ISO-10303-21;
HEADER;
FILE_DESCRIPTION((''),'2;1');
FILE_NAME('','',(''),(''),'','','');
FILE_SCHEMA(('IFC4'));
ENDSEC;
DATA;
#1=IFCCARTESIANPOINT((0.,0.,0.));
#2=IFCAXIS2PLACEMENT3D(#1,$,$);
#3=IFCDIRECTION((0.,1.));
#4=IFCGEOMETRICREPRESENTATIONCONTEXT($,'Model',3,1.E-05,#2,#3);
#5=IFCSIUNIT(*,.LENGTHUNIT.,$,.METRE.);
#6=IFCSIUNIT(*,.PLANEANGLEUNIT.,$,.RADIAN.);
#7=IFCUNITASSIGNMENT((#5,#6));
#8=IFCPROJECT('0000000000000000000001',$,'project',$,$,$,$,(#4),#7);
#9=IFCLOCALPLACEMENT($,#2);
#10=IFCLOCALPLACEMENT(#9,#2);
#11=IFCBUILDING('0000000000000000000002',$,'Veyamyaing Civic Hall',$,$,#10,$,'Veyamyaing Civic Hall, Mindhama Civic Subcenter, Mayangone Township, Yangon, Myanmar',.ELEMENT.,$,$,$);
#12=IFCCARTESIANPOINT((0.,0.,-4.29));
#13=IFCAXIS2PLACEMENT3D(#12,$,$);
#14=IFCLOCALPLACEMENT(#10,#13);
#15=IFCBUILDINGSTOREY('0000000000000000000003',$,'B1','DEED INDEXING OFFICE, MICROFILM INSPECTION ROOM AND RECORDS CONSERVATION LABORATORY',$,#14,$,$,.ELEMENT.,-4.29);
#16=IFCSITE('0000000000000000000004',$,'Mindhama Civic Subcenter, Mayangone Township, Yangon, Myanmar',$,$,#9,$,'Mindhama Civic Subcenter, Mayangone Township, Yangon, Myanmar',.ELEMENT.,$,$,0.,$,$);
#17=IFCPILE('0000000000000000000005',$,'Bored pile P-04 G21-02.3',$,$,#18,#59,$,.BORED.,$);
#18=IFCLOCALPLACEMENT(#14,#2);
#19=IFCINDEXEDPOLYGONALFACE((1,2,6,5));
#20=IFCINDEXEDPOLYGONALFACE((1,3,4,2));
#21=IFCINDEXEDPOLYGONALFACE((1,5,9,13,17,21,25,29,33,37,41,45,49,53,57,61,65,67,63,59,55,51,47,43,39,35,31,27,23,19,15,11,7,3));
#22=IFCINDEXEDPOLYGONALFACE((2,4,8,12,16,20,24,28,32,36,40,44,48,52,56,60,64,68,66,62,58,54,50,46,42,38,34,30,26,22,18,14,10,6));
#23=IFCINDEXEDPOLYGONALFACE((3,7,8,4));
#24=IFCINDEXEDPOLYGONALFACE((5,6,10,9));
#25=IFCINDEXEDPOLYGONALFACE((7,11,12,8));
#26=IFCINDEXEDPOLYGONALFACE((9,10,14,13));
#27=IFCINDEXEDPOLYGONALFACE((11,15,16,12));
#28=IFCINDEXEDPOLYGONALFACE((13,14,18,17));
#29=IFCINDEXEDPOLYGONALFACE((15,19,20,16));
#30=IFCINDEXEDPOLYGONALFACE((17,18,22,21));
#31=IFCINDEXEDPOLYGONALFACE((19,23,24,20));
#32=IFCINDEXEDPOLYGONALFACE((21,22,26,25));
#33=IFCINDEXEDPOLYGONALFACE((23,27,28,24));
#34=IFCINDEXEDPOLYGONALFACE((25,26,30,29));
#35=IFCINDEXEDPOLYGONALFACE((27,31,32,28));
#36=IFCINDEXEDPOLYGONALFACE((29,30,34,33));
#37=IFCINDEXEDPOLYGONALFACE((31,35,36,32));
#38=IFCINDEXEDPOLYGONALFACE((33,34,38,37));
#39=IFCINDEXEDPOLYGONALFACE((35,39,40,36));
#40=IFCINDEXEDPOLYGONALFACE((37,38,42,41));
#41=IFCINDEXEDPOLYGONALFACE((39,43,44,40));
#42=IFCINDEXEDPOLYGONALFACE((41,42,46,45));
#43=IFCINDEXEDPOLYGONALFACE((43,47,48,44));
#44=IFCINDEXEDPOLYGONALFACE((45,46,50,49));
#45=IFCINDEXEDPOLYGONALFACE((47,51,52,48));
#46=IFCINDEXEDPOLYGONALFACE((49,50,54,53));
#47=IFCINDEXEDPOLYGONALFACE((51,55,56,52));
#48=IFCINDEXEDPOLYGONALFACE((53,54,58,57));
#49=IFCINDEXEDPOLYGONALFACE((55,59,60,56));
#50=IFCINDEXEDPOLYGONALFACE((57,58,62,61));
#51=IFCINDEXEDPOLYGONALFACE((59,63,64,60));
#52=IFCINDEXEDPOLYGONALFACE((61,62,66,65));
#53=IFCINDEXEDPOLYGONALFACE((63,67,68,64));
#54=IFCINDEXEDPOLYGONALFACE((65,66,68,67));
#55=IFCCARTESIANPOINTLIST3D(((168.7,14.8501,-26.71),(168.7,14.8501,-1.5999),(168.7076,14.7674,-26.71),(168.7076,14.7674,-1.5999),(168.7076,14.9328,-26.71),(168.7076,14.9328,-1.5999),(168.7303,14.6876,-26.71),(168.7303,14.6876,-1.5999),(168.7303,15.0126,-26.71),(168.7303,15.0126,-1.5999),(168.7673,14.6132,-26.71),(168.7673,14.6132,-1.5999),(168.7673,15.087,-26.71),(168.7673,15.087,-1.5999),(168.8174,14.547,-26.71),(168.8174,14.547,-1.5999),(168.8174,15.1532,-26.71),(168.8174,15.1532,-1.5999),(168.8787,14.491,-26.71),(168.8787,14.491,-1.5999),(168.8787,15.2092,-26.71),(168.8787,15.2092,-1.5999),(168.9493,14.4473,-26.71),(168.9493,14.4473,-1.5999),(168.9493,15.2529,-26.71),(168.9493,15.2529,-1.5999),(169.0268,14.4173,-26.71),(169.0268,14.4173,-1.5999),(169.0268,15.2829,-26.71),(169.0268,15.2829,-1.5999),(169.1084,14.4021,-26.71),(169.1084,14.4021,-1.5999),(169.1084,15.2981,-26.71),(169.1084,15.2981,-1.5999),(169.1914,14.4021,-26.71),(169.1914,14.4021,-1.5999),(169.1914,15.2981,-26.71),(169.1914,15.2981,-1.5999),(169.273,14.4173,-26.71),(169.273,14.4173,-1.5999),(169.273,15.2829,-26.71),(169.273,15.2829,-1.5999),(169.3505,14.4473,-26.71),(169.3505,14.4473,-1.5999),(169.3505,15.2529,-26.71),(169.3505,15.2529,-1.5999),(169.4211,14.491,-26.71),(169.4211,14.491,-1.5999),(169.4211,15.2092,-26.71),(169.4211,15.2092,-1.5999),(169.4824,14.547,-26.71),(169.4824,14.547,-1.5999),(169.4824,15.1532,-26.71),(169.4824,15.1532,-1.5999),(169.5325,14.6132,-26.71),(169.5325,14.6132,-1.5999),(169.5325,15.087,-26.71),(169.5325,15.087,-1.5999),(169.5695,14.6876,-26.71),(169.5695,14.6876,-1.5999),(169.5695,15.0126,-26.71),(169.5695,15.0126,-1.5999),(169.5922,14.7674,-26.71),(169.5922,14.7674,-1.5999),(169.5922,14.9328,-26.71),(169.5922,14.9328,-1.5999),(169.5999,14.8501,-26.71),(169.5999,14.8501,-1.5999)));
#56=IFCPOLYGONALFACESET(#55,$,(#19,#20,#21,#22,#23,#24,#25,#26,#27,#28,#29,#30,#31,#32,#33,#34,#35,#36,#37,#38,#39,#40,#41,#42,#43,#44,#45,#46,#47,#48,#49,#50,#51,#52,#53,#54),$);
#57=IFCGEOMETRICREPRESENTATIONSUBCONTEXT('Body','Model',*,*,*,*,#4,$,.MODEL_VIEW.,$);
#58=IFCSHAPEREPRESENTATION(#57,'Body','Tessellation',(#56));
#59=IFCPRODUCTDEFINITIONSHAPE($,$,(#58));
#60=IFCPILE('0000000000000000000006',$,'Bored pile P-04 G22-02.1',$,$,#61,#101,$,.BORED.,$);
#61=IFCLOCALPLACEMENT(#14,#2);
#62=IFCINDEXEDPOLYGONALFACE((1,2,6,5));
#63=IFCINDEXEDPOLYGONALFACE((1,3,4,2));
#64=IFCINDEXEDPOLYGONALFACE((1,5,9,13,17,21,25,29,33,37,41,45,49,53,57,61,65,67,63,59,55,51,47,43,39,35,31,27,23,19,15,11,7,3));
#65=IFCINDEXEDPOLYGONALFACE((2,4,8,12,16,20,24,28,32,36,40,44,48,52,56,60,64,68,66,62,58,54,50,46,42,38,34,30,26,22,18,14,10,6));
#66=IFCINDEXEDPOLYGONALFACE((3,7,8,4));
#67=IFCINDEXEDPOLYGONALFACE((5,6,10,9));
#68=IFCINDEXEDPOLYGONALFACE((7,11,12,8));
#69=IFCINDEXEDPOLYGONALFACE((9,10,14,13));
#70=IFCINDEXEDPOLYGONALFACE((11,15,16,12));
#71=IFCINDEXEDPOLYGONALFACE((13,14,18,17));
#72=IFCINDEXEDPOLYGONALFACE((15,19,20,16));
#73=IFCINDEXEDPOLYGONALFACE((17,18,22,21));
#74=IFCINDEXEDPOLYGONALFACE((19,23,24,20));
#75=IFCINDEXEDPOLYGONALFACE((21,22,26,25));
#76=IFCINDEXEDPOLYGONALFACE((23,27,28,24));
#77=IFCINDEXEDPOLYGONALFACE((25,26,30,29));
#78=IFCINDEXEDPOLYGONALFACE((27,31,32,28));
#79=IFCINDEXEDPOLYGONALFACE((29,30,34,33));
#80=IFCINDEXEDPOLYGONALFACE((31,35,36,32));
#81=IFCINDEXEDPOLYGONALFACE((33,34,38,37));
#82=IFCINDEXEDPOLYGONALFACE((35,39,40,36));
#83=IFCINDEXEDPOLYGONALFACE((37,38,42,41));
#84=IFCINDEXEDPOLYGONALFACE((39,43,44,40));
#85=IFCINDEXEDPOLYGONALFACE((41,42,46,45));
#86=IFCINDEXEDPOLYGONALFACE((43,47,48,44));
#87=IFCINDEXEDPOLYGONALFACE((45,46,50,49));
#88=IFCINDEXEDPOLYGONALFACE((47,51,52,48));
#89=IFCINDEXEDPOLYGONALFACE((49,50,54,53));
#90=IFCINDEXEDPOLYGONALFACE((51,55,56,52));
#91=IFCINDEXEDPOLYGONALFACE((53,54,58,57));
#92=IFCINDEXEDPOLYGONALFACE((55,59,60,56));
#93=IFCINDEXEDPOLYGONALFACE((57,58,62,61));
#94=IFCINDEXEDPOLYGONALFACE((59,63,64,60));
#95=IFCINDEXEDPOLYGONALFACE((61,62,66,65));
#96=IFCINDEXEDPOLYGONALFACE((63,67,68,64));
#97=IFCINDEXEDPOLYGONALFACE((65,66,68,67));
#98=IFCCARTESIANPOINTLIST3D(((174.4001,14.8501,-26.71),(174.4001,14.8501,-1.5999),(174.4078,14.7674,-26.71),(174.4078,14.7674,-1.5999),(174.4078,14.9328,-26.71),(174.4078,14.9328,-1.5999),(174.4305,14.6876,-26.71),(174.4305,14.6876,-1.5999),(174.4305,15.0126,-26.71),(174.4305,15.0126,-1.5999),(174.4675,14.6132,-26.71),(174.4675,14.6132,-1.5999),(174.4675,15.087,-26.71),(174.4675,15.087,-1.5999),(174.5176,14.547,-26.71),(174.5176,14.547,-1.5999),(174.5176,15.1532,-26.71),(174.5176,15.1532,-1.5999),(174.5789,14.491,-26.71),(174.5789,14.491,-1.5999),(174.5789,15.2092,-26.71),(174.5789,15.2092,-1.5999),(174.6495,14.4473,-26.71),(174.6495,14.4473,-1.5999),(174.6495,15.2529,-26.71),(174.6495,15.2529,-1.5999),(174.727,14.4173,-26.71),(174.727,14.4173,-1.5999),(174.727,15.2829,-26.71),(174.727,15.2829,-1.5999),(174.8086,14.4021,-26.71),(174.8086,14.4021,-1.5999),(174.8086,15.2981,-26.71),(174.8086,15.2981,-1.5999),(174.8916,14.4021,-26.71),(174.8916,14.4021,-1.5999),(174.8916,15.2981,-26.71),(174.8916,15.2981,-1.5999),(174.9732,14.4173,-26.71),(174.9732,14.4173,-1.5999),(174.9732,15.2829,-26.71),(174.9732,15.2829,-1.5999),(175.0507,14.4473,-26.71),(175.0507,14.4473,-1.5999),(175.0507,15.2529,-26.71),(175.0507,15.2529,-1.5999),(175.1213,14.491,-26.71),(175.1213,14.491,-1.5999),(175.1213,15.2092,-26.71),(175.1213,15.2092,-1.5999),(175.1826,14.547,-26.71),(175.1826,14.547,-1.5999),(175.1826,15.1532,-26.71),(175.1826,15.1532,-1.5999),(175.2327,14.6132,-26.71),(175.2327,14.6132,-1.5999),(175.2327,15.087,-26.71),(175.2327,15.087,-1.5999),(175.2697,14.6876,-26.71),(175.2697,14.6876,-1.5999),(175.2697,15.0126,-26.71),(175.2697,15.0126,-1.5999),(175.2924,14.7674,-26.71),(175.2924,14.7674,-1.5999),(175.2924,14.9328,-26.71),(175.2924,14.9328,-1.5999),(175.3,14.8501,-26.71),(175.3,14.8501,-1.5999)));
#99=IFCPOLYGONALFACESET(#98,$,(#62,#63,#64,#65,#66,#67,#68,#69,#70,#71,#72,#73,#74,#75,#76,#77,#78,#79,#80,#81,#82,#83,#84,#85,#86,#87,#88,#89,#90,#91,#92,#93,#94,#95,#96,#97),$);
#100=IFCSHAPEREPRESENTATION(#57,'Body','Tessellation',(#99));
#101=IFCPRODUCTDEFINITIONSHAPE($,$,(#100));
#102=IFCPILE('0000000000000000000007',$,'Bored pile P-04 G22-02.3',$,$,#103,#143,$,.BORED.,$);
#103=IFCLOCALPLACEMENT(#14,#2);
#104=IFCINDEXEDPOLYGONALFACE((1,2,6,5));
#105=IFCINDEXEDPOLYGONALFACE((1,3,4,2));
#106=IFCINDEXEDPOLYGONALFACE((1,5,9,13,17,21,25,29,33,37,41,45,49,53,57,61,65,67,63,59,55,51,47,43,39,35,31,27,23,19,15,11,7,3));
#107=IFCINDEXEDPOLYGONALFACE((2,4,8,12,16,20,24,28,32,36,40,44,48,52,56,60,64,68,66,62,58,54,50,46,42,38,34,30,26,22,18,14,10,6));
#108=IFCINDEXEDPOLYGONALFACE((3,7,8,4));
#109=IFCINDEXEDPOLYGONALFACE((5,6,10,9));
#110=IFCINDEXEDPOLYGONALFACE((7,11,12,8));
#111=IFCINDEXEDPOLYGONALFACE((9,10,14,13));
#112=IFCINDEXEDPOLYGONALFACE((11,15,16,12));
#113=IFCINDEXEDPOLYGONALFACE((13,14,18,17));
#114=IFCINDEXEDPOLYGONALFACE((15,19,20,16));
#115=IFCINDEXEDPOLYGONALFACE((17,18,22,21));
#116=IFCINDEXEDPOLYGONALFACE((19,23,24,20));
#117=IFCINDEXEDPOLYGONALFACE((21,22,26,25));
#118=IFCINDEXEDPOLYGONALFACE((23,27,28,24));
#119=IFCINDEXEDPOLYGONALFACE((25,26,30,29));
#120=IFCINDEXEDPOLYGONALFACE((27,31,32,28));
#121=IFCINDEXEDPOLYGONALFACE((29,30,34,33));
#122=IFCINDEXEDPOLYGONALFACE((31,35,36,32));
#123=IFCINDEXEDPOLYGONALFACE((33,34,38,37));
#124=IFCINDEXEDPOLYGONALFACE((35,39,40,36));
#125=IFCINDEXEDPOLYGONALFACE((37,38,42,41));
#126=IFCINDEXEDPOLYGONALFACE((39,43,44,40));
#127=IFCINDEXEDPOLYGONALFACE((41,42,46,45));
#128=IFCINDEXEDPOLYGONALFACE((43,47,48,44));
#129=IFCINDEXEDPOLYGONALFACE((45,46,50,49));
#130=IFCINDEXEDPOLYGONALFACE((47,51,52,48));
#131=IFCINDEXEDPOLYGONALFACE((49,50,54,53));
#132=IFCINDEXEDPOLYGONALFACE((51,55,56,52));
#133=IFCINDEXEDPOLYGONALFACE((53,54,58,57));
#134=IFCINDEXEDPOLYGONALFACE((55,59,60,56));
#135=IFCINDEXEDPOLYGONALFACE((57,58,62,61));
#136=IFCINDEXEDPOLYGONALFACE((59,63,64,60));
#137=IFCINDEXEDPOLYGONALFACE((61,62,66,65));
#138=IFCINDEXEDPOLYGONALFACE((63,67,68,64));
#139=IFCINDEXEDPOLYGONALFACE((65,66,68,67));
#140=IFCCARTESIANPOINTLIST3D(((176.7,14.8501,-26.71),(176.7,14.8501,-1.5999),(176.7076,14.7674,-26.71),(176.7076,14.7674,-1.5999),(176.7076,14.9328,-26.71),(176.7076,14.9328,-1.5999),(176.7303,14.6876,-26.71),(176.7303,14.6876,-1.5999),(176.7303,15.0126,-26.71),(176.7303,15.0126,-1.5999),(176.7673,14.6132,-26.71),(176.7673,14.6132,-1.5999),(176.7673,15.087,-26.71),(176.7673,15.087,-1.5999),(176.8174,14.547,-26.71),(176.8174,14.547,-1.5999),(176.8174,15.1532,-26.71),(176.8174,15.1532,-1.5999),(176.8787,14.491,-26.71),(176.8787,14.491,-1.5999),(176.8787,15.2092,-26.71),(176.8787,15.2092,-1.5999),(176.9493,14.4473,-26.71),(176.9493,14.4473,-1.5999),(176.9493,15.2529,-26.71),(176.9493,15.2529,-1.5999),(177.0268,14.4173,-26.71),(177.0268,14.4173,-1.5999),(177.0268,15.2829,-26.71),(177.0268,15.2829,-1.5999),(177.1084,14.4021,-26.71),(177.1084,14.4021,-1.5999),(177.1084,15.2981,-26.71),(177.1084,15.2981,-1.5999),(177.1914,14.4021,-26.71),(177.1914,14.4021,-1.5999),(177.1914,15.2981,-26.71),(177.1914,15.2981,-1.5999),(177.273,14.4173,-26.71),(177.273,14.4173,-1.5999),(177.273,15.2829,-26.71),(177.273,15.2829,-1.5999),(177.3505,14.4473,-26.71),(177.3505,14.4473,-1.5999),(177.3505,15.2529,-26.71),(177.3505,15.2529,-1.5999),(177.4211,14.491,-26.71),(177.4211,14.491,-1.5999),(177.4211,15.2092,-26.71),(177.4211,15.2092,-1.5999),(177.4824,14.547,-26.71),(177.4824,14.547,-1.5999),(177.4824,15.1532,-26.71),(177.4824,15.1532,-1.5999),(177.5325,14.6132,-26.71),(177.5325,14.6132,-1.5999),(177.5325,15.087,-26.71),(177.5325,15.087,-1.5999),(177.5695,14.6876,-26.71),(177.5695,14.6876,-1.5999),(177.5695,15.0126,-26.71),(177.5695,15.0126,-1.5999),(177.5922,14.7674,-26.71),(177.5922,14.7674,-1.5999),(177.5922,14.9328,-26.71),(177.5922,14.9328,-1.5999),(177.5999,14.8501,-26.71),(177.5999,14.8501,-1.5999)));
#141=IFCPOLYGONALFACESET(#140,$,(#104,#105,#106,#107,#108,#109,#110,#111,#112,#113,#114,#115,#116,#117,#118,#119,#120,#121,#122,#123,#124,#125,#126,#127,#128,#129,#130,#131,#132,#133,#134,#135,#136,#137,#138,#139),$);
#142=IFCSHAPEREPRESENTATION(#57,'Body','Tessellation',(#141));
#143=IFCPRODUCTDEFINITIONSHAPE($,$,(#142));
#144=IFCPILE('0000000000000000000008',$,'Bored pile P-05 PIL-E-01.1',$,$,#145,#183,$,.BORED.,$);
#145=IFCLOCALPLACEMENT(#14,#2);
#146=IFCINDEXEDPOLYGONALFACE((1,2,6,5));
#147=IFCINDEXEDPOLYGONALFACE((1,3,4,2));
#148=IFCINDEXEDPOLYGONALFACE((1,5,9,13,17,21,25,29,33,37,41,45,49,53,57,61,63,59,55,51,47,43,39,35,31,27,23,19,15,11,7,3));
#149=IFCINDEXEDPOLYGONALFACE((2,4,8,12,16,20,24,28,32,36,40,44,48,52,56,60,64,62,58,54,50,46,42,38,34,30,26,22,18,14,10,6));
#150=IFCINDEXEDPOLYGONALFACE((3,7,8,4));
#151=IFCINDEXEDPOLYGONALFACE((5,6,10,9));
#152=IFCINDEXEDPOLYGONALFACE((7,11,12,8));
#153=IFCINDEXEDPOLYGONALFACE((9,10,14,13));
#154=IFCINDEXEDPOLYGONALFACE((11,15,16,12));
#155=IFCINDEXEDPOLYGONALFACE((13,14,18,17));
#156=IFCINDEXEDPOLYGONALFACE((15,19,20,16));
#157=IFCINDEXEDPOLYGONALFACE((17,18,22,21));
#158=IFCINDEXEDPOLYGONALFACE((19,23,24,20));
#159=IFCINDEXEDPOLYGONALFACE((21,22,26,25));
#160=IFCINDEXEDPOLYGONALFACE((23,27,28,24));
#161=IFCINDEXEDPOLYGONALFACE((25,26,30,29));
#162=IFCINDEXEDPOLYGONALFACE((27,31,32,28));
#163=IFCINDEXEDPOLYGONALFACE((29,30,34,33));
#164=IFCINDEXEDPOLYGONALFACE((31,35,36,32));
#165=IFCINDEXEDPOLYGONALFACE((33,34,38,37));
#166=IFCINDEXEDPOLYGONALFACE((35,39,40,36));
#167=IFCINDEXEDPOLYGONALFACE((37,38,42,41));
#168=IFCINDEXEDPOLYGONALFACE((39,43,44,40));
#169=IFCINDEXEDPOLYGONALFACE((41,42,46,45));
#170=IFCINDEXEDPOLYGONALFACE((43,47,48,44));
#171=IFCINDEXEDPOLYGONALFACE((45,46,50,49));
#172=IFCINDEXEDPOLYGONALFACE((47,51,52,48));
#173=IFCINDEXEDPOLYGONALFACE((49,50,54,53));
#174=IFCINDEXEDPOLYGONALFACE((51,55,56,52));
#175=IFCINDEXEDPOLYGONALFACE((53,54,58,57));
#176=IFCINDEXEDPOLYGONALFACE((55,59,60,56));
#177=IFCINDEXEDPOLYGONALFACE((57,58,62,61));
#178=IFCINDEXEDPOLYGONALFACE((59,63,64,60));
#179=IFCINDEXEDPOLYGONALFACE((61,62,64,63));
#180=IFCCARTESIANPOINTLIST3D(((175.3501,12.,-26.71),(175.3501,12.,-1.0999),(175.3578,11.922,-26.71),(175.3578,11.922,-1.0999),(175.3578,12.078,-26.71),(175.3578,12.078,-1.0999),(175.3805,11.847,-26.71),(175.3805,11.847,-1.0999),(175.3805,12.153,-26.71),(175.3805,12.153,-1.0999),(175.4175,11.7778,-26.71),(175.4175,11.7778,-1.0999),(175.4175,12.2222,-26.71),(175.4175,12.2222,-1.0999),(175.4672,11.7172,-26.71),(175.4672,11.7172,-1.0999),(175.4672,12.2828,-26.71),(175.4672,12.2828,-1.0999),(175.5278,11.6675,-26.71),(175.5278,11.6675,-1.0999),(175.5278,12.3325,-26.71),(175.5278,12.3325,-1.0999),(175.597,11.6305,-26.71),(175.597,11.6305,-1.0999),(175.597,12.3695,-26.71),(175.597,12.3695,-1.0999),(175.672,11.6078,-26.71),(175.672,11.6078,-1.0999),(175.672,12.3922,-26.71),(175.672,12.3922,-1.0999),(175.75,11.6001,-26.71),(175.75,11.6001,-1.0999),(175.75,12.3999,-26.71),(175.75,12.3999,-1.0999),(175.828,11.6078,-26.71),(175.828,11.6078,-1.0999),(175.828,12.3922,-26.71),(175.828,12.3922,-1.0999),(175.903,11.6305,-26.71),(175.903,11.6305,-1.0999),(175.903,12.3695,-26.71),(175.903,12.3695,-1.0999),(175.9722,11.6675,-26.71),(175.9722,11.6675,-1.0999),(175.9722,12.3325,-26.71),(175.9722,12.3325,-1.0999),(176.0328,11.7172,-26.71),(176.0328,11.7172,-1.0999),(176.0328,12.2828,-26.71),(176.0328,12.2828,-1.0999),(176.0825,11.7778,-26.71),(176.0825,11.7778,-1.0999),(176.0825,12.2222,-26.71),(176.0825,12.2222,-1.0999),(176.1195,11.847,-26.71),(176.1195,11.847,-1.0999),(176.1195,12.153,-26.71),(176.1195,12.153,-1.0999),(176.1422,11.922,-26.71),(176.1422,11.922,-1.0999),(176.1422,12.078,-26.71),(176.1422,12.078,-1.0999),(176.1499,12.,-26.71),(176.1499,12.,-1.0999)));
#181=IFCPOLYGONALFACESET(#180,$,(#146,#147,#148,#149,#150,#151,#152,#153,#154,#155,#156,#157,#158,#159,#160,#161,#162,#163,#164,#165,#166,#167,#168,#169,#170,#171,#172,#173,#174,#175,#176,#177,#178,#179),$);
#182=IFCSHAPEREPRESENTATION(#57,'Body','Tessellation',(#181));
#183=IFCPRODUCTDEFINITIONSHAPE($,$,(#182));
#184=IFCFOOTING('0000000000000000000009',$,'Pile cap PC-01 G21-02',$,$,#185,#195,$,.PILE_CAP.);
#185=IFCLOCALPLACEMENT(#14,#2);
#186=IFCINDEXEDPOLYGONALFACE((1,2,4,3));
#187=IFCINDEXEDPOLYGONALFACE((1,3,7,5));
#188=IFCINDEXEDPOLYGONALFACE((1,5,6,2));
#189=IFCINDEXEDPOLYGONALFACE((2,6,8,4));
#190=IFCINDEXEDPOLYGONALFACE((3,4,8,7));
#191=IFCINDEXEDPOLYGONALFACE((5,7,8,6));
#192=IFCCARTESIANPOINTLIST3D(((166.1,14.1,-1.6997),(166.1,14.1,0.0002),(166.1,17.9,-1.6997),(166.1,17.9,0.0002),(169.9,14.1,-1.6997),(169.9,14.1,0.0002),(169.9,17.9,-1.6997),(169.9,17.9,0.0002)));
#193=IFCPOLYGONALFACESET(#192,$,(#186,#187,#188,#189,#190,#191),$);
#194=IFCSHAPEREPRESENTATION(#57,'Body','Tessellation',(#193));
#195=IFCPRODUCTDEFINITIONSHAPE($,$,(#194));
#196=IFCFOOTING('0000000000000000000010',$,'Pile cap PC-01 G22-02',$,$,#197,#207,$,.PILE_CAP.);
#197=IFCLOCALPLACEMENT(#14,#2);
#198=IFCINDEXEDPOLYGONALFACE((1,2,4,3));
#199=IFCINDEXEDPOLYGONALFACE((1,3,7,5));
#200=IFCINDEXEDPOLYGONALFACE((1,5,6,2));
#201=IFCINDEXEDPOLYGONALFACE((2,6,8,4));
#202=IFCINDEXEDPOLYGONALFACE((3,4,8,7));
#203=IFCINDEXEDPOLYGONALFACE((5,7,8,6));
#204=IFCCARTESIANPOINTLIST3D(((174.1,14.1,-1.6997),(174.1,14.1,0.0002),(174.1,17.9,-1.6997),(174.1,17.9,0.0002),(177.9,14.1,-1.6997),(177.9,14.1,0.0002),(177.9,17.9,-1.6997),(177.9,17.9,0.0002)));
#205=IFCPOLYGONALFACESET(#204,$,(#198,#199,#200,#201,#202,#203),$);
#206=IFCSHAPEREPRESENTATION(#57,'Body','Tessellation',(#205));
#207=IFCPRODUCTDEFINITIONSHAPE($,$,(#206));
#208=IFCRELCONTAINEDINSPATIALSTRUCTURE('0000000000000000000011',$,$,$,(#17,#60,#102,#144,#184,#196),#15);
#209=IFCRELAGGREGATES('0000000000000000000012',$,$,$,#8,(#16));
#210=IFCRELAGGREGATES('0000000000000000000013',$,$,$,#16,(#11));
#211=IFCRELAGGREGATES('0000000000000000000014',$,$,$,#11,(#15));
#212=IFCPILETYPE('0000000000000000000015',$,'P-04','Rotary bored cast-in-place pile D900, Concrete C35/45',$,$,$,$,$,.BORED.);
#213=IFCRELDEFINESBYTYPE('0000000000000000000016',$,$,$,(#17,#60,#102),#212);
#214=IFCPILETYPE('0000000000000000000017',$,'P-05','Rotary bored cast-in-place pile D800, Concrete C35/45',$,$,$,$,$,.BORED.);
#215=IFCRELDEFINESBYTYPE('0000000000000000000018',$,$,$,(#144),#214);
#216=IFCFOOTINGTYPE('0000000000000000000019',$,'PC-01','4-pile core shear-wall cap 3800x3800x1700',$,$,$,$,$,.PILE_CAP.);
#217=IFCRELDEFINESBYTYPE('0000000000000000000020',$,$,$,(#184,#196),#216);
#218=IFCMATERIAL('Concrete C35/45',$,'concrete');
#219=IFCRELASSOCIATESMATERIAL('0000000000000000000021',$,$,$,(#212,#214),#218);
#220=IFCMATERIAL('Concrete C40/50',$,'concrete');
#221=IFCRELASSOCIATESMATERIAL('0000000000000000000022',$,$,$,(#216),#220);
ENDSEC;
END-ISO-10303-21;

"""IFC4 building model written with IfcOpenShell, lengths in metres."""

from ifc_helpers import new_model, si_unit, direction, frame, origin, origin_2d, place, context, subcontext, project, spatial, rectangle, circle, extrude, material, material_profile, profile_set, type_object, element, save


model = new_model("IFC4")

# Units and contexts
model_context = context("Model", 3, precision=1e-05, world=origin(), true_north=direction((0.0, 1.0)))
body_context = subcontext(model_context, "Body", "Model", "MODEL_VIEW")
ifc_project = project(units=[si_unit("LENGTHUNIT", "METRE"), si_unit("PLANEANGLEUNIT", "RADIAN")], contexts=[model_context])

# Site, building, storey
site_placement = place(None, origin())
site = spatial("IfcSite", under=ifc_project, at=site_placement, Name="Mindhama Civic Subcenter, Mayangone Township, Yangon, Myanmar", LongName="Mindhama Civic Subcenter, Mayangone Township, Yangon, Myanmar", CompositionType="ELEMENT", RefElevation=0.0)
building_placement = place(site_placement, origin())
building = spatial("IfcBuilding", under=site, at=building_placement, Name="Veyamyaing Civic Hall", LongName="Veyamyaing Civic Hall, Mindhama Civic Subcenter, Mayangone Township, Yangon, Myanmar", CompositionType="ELEMENT")
storey_placement = place(building_placement, frame((0.0, 0.0, -4.29)))
storey = spatial("IfcBuildingStorey", under=building, at=storey_placement, Name="B1", Description="DEED INDEXING OFFICE, MICROFILM INSPECTION ROOM AND RECORDS CONSERVATION LABORATORY", CompositionType="ELEMENT", Elevation=-4.29)

# Shared definitions
ifc_material_1 = material(Name="Concrete C40/50", Category="concrete")

# Piles
ifc_material_2 = material(Name="Concrete C35/45", Category="concrete")
ifc_material_profile_1 = material_profile(ifc_material_2, circle(Radius=0.45, at=origin_2d()), Name="PILE-D900")
ifc_profile_set_1 = profile_set([ifc_material_profile_1], Name="Concrete C35/45")
pile_type_1 = type_object("IfcPileType", Name="P-04", Description="Rotary bored cast-in-place pile D900, Concrete C35/45", PredefinedType="BORED", material=ifc_profile_set_1)
for number, where, z_axis, x_axis, name in (
    (1, (169.1499, 14.8501, -1.5999), (0.0, 0.0, -1.0), (1.0, 0.0, 0.0), "Bored pile P-04 G21-02.3"),
    (2, (174.8501, 14.8501, -1.5999), (0.0, 0.0, -1.0), (1.0, 0.0, 0.0), "Bored pile P-04 G22-02.1"),
    (3, (177.1499, 14.8501, -1.5999), (0.0, 0.0, -1.0), (1.0, 0.0, 0.0), "Bored pile P-04 G22-02.3"),
):
    element("IfcPile", number, at=place(storey_placement, frame(where, z_axis=z_axis, x_axis=x_axis)), inside=storey, type_object=pile_type_1, Name=name, PredefinedType="BORED", context=body_context, shape_type="SweptSolid", body=[
        extrude(circle(Radius=0.45, at=origin_2d()), origin(), (0.0, 0.0, 1.0), 25.1101),
    ])
ifc_material_profile_2 = material_profile(ifc_material_2, circle(Radius=0.3999, at=origin_2d()), Name="PILE-D800")
ifc_profile_set_2 = profile_set([ifc_material_profile_2], Name="Concrete C35/45")
pile_type_2 = type_object("IfcPileType", Name="P-05", Description="Rotary bored cast-in-place pile D800, Concrete C35/45", PredefinedType="BORED", material=ifc_profile_set_2)
pile_placement = place(storey_placement, frame((175.75, 12.0, -1.0999), z_axis=(0.0, 0.0, -1.0), x_axis=(1.0, 0.0, 0.0)))
element("IfcPile", 4, at=pile_placement, inside=storey, type_object=pile_type_2, Name="Bored pile P-05 PIL-E-01.1", PredefinedType="BORED", context=body_context, shape_type="SweptSolid", body=[
    extrude(circle(Radius=0.3999, at=origin_2d()), origin(), (0.0, 0.0, 1.0), 25.6101),
])

# Footings
footing_type_1 = type_object("IfcFootingType", Name="PC-01", Description="4-pile core shear-wall cap 3800x3800x1700", PredefinedType="PILE_CAP", material=ifc_material_1)
for number, where, z_axis, x_axis, name in (
    (5, (168.0, 16.0, -1.6997), (0.0, 0.0, 1.0), (1.0, 0.0, 0.0), "Pile cap PC-01 G21-02"),
    (6, (176.0, 16.0, -1.6997), (0.0, 0.0, 1.0), (1.0, 0.0, 0.0), "Pile cap PC-01 G22-02"),
):
    element("IfcFooting", number, at=place(storey_placement, frame(where, z_axis=z_axis, x_axis=x_axis)), inside=storey, type_object=footing_type_1, Name=name, PredefinedType="PILE_CAP", context=body_context, shape_type="SweptSolid", body=[
        extrude(rectangle(XDim=3.8, YDim=3.8, at=origin_2d()), origin(), (0.0, 0.0, 1.0), 1.7),
    ])

save(model, "model.ifc")
